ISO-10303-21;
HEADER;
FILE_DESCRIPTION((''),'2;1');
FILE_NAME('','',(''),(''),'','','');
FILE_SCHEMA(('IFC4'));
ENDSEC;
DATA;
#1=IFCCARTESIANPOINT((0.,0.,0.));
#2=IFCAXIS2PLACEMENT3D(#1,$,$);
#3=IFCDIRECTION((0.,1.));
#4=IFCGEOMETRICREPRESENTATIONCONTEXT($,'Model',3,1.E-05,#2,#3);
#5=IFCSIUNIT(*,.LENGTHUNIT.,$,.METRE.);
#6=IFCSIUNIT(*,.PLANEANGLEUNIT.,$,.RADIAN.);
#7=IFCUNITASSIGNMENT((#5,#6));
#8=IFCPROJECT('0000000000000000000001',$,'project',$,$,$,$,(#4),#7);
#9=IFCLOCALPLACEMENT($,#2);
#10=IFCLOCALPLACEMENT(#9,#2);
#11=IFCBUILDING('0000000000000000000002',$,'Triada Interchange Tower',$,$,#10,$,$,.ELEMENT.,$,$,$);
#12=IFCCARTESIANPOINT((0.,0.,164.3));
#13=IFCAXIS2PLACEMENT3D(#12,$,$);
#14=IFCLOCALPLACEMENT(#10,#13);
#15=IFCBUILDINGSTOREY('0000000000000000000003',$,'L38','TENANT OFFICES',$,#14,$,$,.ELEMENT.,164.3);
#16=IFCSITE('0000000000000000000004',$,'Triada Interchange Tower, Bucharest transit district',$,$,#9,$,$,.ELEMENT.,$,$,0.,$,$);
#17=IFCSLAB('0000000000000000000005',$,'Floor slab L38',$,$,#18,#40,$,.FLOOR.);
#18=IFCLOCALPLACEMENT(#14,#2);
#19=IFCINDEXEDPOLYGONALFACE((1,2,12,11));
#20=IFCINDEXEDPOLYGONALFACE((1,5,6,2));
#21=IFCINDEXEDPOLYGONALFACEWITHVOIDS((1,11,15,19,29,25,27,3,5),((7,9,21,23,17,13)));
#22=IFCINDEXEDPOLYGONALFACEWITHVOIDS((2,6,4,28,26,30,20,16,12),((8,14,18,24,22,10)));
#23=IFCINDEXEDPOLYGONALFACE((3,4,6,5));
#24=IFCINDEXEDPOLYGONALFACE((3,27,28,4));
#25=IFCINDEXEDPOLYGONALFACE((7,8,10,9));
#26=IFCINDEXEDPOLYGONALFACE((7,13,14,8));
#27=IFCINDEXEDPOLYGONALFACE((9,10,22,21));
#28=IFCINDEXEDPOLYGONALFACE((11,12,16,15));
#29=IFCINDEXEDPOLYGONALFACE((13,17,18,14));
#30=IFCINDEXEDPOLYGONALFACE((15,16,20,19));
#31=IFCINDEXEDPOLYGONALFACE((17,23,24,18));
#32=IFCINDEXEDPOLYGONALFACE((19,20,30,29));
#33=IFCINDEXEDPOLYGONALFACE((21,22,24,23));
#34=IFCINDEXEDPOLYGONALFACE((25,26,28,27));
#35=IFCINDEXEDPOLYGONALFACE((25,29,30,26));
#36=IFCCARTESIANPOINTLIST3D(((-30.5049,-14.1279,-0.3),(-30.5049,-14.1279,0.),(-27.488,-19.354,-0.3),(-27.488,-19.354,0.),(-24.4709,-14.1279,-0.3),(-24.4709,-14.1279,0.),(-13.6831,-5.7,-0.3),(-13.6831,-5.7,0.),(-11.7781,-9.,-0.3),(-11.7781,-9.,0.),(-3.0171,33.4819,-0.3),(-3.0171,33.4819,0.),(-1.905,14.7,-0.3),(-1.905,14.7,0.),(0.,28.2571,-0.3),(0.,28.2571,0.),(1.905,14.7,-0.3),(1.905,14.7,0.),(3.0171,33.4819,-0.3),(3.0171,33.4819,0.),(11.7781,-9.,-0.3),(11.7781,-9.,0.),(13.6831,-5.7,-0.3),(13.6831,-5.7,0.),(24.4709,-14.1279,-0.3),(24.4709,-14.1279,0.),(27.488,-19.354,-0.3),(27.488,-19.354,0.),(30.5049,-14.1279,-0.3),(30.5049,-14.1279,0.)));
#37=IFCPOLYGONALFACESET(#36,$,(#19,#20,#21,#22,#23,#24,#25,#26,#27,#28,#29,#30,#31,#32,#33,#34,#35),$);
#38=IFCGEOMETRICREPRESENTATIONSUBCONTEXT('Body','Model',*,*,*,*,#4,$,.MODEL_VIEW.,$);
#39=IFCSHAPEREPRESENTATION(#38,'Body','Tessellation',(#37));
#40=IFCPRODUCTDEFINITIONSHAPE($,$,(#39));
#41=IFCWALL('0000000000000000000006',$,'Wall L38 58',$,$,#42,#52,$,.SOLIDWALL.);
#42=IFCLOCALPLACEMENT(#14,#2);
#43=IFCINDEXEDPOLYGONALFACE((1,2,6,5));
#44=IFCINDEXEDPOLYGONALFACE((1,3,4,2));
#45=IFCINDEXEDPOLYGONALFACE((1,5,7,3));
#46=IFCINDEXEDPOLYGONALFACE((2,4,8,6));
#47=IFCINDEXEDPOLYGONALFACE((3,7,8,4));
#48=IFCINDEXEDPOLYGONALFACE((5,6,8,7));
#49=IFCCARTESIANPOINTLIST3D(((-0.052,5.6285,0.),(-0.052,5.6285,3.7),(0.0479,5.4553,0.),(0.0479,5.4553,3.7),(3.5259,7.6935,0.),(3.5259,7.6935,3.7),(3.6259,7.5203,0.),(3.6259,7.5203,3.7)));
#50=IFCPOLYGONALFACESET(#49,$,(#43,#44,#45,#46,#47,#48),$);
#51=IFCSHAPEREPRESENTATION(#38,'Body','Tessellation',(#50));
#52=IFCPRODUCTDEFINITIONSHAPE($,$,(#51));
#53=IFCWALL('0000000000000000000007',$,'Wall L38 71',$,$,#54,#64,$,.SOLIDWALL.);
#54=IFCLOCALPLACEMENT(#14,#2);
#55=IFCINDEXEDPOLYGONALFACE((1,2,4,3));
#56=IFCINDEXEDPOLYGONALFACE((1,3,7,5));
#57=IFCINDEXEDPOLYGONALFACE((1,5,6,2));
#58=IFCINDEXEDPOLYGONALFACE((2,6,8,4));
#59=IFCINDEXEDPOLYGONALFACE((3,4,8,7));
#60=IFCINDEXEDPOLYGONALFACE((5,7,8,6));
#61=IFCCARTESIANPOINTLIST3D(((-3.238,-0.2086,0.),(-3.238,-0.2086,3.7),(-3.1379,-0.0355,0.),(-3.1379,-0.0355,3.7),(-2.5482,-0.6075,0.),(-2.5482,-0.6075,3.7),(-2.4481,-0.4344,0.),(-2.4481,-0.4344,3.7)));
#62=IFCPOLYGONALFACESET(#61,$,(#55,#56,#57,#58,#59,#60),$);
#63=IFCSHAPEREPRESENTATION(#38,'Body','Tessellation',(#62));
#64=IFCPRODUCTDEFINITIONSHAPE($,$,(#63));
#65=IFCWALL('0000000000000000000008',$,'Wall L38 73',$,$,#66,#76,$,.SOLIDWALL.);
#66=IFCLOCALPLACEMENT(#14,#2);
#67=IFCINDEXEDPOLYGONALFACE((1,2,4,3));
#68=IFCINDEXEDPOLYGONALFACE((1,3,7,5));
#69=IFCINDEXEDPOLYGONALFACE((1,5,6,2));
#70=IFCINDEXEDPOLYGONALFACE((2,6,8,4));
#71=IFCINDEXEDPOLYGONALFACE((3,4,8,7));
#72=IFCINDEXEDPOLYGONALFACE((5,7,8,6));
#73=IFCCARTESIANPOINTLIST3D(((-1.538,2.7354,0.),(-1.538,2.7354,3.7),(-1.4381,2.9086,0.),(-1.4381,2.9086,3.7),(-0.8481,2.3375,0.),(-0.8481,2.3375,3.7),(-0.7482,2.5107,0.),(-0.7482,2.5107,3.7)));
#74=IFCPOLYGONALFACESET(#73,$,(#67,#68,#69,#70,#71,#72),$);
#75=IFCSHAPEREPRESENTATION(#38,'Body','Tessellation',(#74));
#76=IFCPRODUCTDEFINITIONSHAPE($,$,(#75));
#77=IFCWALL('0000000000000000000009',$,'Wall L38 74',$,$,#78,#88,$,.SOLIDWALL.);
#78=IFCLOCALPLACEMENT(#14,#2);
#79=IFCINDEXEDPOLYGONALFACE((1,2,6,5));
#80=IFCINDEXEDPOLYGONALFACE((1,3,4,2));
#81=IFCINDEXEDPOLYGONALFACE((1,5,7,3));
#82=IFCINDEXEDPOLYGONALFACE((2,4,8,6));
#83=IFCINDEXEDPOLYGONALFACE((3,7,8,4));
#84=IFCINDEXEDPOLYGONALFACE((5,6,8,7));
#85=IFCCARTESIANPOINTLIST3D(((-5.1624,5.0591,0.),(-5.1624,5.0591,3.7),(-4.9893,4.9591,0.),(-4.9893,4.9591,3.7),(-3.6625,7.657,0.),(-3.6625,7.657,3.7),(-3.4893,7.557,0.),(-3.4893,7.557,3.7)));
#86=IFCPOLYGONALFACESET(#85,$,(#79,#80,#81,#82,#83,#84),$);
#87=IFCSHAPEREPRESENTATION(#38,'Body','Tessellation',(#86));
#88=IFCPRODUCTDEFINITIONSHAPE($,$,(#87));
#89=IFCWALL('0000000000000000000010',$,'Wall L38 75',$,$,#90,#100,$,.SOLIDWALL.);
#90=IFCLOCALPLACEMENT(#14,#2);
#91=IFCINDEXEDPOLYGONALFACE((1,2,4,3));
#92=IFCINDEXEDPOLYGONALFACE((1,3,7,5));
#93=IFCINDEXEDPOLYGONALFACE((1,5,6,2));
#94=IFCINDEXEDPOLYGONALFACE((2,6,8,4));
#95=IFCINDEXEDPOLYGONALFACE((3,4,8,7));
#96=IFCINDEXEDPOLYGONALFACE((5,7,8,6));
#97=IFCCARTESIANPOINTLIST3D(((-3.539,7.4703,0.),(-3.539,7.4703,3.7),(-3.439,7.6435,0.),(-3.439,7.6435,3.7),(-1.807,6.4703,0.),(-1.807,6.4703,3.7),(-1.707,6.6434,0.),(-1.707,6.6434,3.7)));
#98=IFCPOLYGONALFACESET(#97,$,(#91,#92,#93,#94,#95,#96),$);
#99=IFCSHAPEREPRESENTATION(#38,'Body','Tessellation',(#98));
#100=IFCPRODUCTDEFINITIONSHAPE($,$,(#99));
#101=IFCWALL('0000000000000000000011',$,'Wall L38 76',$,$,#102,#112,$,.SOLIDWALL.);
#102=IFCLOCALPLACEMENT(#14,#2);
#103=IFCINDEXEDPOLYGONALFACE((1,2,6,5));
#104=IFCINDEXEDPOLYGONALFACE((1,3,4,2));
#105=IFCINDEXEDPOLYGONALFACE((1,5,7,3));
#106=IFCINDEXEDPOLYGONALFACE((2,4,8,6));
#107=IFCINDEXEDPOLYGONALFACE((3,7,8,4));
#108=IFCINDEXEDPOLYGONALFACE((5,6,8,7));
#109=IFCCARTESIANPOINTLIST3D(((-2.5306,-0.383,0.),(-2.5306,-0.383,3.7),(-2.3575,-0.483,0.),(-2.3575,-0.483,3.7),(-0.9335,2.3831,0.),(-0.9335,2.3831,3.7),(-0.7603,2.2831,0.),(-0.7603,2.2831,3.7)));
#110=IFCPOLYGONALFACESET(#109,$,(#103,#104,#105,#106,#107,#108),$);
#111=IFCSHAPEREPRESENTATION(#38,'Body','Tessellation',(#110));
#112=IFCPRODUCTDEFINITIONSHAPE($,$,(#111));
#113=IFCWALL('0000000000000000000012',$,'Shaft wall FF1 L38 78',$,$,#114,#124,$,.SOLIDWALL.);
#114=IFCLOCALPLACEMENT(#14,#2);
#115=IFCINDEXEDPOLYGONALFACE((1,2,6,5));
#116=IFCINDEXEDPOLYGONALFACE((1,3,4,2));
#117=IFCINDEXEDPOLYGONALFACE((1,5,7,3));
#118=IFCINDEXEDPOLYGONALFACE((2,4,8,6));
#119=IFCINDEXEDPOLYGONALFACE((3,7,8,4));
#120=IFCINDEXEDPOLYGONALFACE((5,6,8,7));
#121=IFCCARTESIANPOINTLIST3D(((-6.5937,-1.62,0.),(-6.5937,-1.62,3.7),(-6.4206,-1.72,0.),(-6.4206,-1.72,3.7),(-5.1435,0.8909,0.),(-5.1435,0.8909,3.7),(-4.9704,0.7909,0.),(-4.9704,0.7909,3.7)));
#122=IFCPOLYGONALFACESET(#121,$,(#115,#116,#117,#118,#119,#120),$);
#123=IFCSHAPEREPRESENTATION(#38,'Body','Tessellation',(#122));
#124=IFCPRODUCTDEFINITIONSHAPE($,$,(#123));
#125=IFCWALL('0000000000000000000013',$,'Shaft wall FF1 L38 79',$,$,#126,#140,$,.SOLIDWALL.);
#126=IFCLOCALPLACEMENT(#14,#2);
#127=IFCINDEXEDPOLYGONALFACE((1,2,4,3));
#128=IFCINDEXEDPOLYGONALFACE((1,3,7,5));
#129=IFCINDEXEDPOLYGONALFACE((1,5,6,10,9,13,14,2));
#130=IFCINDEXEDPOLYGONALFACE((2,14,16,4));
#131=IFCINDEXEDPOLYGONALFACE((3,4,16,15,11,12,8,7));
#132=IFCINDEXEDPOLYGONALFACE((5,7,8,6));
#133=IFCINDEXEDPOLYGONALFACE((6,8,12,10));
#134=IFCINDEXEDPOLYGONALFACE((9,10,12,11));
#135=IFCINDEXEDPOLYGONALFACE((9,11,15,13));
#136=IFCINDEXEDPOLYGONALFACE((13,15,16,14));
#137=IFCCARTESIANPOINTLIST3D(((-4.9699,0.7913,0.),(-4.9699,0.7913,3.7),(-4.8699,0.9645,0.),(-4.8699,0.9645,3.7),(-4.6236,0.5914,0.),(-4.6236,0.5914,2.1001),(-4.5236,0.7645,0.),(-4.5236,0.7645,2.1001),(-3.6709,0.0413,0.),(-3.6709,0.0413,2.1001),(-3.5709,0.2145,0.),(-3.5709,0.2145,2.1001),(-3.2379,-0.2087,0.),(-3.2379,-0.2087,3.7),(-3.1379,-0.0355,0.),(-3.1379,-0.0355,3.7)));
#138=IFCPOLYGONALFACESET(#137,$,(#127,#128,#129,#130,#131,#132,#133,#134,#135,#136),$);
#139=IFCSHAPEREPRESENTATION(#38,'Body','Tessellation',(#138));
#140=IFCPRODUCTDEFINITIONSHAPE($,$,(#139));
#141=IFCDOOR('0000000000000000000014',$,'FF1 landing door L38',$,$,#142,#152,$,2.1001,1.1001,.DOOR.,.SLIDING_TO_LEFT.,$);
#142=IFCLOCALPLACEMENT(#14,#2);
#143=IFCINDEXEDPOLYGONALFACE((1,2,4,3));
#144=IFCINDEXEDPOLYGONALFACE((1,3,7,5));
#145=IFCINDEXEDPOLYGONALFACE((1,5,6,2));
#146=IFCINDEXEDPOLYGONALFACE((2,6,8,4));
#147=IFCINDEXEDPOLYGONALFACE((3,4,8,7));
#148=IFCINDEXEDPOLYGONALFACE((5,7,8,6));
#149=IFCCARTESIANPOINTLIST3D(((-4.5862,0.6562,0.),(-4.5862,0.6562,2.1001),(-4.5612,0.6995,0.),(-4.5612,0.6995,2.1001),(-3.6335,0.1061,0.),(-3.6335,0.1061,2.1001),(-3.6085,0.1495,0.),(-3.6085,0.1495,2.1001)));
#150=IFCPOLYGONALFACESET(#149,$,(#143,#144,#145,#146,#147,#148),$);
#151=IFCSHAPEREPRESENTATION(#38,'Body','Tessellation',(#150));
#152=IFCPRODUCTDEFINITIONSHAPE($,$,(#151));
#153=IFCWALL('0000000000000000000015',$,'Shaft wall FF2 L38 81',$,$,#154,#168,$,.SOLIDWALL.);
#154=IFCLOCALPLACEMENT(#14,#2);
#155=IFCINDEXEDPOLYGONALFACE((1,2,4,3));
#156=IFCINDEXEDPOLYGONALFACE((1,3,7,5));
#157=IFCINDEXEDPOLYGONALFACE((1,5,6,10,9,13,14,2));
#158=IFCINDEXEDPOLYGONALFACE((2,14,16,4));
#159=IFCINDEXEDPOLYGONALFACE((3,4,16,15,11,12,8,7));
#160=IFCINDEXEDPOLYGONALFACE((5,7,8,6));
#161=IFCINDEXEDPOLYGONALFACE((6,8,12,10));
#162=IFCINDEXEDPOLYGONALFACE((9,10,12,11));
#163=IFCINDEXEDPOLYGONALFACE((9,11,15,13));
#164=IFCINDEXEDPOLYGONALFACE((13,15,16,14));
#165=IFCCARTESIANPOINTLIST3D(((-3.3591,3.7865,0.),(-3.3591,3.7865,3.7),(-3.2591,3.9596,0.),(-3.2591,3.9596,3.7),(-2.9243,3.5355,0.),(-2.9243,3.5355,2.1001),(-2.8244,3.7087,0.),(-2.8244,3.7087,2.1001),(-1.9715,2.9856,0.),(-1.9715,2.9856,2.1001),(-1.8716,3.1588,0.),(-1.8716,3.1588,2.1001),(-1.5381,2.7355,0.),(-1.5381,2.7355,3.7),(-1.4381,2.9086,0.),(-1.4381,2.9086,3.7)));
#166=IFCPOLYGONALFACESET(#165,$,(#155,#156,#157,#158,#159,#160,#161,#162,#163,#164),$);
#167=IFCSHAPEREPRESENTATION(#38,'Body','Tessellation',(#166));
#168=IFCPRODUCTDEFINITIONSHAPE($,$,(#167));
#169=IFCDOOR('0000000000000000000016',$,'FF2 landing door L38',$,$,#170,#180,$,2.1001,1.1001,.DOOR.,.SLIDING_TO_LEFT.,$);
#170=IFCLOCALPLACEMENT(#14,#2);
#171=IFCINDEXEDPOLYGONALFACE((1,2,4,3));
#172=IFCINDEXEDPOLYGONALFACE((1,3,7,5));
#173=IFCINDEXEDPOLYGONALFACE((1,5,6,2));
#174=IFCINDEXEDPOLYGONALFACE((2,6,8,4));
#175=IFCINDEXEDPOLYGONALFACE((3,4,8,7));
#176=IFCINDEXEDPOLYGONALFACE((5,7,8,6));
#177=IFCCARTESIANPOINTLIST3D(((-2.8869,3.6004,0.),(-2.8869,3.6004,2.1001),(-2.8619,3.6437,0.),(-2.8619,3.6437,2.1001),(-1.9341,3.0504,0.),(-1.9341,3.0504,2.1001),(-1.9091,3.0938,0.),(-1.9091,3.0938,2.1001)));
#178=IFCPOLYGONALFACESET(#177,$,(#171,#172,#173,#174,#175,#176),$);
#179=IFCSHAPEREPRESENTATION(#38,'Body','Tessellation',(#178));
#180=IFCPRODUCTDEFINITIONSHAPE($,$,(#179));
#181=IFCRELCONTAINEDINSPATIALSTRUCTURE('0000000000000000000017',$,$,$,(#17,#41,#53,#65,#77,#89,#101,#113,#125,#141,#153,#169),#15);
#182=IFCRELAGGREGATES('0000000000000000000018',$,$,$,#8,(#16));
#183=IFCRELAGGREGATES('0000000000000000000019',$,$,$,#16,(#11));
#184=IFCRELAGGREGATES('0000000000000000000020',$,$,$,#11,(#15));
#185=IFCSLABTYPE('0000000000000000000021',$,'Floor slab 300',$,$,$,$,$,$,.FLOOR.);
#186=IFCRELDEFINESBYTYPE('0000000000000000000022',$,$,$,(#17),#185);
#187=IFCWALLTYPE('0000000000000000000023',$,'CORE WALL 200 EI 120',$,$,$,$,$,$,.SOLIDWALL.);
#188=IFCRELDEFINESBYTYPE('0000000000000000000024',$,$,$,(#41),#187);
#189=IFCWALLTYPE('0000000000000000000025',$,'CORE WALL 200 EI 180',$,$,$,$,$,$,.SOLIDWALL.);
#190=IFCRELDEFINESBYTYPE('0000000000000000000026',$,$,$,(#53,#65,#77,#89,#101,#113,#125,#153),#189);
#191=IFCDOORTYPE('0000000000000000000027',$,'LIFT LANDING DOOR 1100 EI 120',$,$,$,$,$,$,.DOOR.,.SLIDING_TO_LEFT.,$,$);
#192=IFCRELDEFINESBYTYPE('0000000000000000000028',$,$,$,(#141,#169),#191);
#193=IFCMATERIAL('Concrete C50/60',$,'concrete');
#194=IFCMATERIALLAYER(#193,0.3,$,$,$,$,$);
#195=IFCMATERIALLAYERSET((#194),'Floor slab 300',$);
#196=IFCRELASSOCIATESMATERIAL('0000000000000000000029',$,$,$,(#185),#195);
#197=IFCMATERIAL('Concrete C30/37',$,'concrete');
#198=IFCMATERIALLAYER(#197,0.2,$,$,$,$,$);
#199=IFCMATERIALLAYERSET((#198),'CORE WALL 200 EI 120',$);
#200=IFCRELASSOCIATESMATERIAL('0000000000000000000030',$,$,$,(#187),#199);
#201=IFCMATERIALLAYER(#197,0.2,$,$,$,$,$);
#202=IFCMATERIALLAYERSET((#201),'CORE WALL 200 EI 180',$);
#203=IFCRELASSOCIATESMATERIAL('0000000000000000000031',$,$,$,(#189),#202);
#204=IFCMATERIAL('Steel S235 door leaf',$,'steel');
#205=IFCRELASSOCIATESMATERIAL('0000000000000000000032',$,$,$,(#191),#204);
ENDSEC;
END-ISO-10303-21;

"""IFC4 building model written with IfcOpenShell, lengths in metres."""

from ifc_helpers import new_model, si_unit, direction, frame, frame_2d, origin, place, context, subcontext, project, spatial, polyline, rectangle, outline, extrude, material, layer, layer_set, type_object, element, fill, save


model = new_model("IFC4")

# Units and contexts
model_context = context("Model", 3, precision=1e-05, world=origin(), true_north=direction((0.0, 1.0)))
body_context = subcontext(model_context, "Body", "Model", "MODEL_VIEW")
ifc_project = project(units=[si_unit("LENGTHUNIT", "METRE"), si_unit("PLANEANGLEUNIT", "RADIAN")], contexts=[model_context])

# Site, building, storey
site_placement = place(None, origin())
site = spatial("IfcSite", under=ifc_project, at=site_placement, Name="Triada Interchange Tower, Bucharest transit district", CompositionType="ELEMENT", RefElevation=0.0)
building_placement = place(site_placement, origin())
building = spatial("IfcBuilding", under=site, at=building_placement, Name="Triada Interchange Tower", CompositionType="ELEMENT")
storey_placement = place(building_placement, frame((0.0, 0.0, 164.3)))
storey = spatial("IfcBuildingStorey", under=building, at=storey_placement, Name="L38", Description="TENANT OFFICES", CompositionType="ELEMENT", Elevation=164.3)

# Slab
ifc_material_1 = material(Name="Concrete C50/60", Category="concrete")
ifc_layer_1 = layer(ifc_material_1, 0.3)
ifc_layer_set_1 = layer_set([ifc_layer_1], Name="Floor slab 300")
slab_type = type_object("IfcSlabType", Name="Floor slab 300", PredefinedType="FLOOR", material=ifc_layer_set_1)
slab_placement = place(storey_placement, frame((0.0, 0.0, -0.3)))
element("IfcSlab", 1, at=slab_placement, inside=storey, type_object=slab_type, Name="Floor slab L38", PredefinedType="FLOOR", context=body_context, shape_type="SweptSolid", body=[
    extrude(outline(polyline([(-3.0171, 33.4819), (-30.5049, -14.1279), (-24.4709, -14.1279), (-27.488, -19.354), (27.488, -19.354), (24.4709, -14.1279), (30.5049, -14.1279), (3.0171, 33.4819), (0.0, 28.2571), (-3.0171, 33.4819)]), holes=[polyline([(1.905, 14.7), (-1.905, 14.7), (-13.6831, -5.7), (-11.7781, -9.0), (11.7781, -9.0), (13.6831, -5.7), (1.905, 14.7)])]), origin(), (0.0, 0.0, 1.0), 0.3),
])

# Walls
ifc_material_2 = material(Name="Concrete C30/37", Category="concrete")
ifc_layer_2 = layer(ifc_material_2, 0.2)
ifc_layer_set_2 = layer_set([ifc_layer_2], Name="CORE WALL 200 EI 120")
wall_type_1 = type_object("IfcWallType", Name="CORE WALL 200 EI 120", PredefinedType="SOLIDWALL", material=ifc_layer_set_2)
wall_1_placement = place(storey_placement, frame((-0.002, 5.542, 0.0), z_axis=(0.0, 0.0, 1.0), x_axis=(0.866104, 0.499864, 0.0)))
element("IfcWall", 2, at=wall_1_placement, inside=storey, type_object=wall_type_1, Name="Wall L38 58", PredefinedType="SOLIDWALL", context=body_context, shape_type="SweptSolid", body=[
    extrude(rectangle(XDim=4.1311, YDim=0.2, at=frame_2d((2.0654, 0.0))), origin(), (0.0, 0.0, 1.0), 3.7),
])
ifc_layer_3 = layer(ifc_material_2, 0.2)
ifc_layer_set_3 = layer_set([ifc_layer_3], Name="CORE WALL 200 EI 180")
wall_type_2 = type_object("IfcWallType", Name="CORE WALL 200 EI 180", PredefinedType="SOLIDWALL", material=ifc_layer_set_3)
wall_2_placement = place(storey_placement, frame((-3.188, -0.1221, 0.0), z_axis=(0.0, 0.0, 1.0), x_axis=(0.865706, -0.500553, 0.0)))
element("IfcWall", 3, at=wall_2_placement, inside=storey, type_object=wall_type_2, Name="Wall L38 71", PredefinedType="SOLIDWALL", context=body_context, shape_type="SweptSolid", body=[
    extrude(rectangle(XDim=0.7969, YDim=0.2, at=frame_2d((0.3984, 0.0))), origin(), (0.0, 0.0, 1.0), 3.7),
])
wall_3_placement = place(storey_placement, frame((-1.488, 2.822, 0.0), z_axis=(0.0, 0.0, 1.0), x_axis=(0.866237, -0.499634, 0.0)))
element("IfcWall", 4, at=wall_3_placement, inside=storey, type_object=wall_type_2, Name="Wall L38 73", PredefinedType="SOLIDWALL", context=body_context, shape_type="SweptSolid", body=[
    extrude(rectangle(XDim=0.7964, YDim=0.2, at=frame_2d((0.3982, 0.0))), origin(), (0.0, 0.0, 1.0), 3.7),
])
wall_4_placement = place(storey_placement, frame((-5.0759, 5.009, 0.0), z_axis=(0.0, 0.0, 1.0), x_axis=(0.500025, 0.866011, 0.0)))
element("IfcWall", 5, at=wall_4_placement, inside=storey, type_object=wall_type_2, Name="Wall L38 74", PredefinedType="SOLIDWALL", context=body_context, shape_type="SweptSolid", body=[
    extrude(rectangle(XDim=2.9998, YDim=0.2, at=frame_2d((1.5, 0.0))), origin(), (0.0, 0.0, 1.0), 3.7),
])
wall_5_placement = place(storey_placement, frame((-3.489, 7.5569, 0.0), z_axis=(0.0, 0.0, 1.0), x_axis=(0.866011, -0.500025, 0.0)))
element("IfcWall", 6, at=wall_5_placement, inside=storey, type_object=wall_type_2, Name="Wall L38 75", PredefinedType="SOLIDWALL", context=body_context, shape_type="SweptSolid", body=[
    extrude(rectangle(XDim=2.0, YDim=0.2, at=frame_2d((1.0, 0.0))), origin(), (0.0, 0.0, 1.0), 3.7),
])
wall_6_placement = place(storey_placement, frame((-2.4441, -0.4331, 0.0), z_axis=(0.0, 0.0, 1.0), x_axis=(0.500036, 0.866005, 0.0)))
element("IfcWall", 7, at=wall_6_placement, inside=storey, type_object=wall_type_2, Name="Wall L38 76", PredefinedType="SOLIDWALL", context=body_context, shape_type="SweptSolid", body=[
    extrude(rectangle(XDim=3.1941, YDim=0.2, at=frame_2d((1.5972, 0.0))), origin(), (0.0, 0.0, 1.0), 3.7),
])
wall_7_placement = place(storey_placement, frame((-6.5071, -1.6699, 0.0), z_axis=(0.0, 0.0, 1.0), x_axis=(0.500123, 0.865954, 0.0)))
element("IfcWall", 8, at=wall_7_placement, inside=storey, type_object=wall_type_2, Name="Shaft wall FF1 L38 78", PredefinedType="SOLIDWALL", context=body_context, shape_type="SweptSolid", body=[
    extrude(rectangle(XDim=2.8997, YDim=0.2, at=frame_2d((1.4497, 0.0))), origin(), (0.0, 0.0, 1.0), 3.7),
])

# Walls, openings, doors
wall_8_placement = place(storey_placement, frame((-4.9199, 0.8779, 0.0), z_axis=(0.0, 0.0, 1.0), x_axis=(0.866011, -0.500025, 0.0)))
wall_8 = element("IfcWall", 9, at=wall_8_placement, inside=storey, type_object=wall_type_2, Name="Shaft wall FF1 L38 79", PredefinedType="SOLIDWALL", context=body_context, shape_type="SweptSolid", body=[
    extrude(rectangle(XDim=2.0, YDim=0.2, at=frame_2d((1.0, 0.0))), origin(), (0.0, 0.0, 1.0), 3.7),
])
opening_1_placement = place(wall_8_placement, frame((0.3999, 0.0, 0.0)))
opening_1 = element("IfcOpeningElement", 10, at=opening_1_placement, cuts=wall_8, PredefinedType="OPENING", context=body_context, shape_type="SweptSolid", body=[
    extrude(rectangle(XDim=1.1001, YDim=2.1001, at=frame_2d((0.55, 1.05))), frame((0.0, 0.1099, 0.0), z_axis=(0.0, -1.0, 0.0), x_axis=(1.0, 0.0, 0.0)), (0.0, 0.0, 1.0), 0.22),
])
ifc_material_3 = material(Name="Steel S235 door leaf", Category="steel")
door_type = type_object("IfcDoorType", Name="LIFT LANDING DOOR 1100 EI 120", OperationType="SLIDING_TO_LEFT", PredefinedType="DOOR", material=ifc_material_3)
door_1_placement = place(opening_1_placement, origin())
door_1 = element("IfcDoor", 11, at=door_1_placement, inside=storey, type_object=door_type, Name="FF1 landing door L38", OperationType="SLIDING_TO_LEFT", OverallHeight=2.1001, OverallWidth=1.1001, PredefinedType="DOOR", context=body_context, shape_type="SweptSolid", body=[
    extrude(rectangle(XDim=1.1001, YDim=2.1001, at=frame_2d((0.55, 1.05))), frame((0.0, 0.0249, 0.0), z_axis=(0.0, -1.0, 0.0), x_axis=(1.0, 0.0, 0.0)), (0.0, 0.0, 1.0), 0.05),
])
fill(opening_1, door_1)
wall_9_placement = place(storey_placement, frame((-3.3091, 3.873, 0.0), z_axis=(0.0, 0.0, 1.0), x_axis=(0.866099, -0.499873, 0.0)))
wall_9 = element("IfcWall", 12, at=wall_9_placement, inside=storey, type_object=wall_type_2, Name="Shaft wall FF2 L38 81", PredefinedType="SOLIDWALL", context=body_context, shape_type="SweptSolid", body=[
    extrude(rectangle(XDim=2.1025, YDim=0.2, at=frame_2d((1.0513, 0.0))), origin(), (0.0, 0.0, 1.0), 3.7),
])
opening_2_placement = place(wall_9_placement, frame((0.502, 0.0, 0.0)))
opening_2 = element("IfcOpeningElement", 13, at=opening_2_placement, cuts=wall_9, PredefinedType="OPENING", context=body_context, shape_type="SweptSolid", body=[
    extrude(rectangle(XDim=1.1001, YDim=2.1001, at=frame_2d((0.55, 1.05))), frame((0.0, 0.1099, 0.0), z_axis=(0.0, -1.0, 0.0), x_axis=(1.0, 0.0, 0.0)), (0.0, 0.0, 1.0), 0.22),
])
door_2_placement = place(opening_2_placement, origin())
door_2 = element("IfcDoor", 14, at=door_2_placement, inside=storey, type_object=door_type, Name="FF2 landing door L38", OperationType="SLIDING_TO_LEFT", OverallHeight=2.1001, OverallWidth=1.1001, PredefinedType="DOOR", context=body_context, shape_type="SweptSolid", body=[
    extrude(rectangle(XDim=1.1001, YDim=2.1001, at=frame_2d((0.55, 1.05))), frame((0.0, 0.0249, 0.0), z_axis=(0.0, -1.0, 0.0), x_axis=(1.0, 0.0, 0.0)), (0.0, 0.0, 1.0), 0.05),
])
fill(opening_2, door_2)

save(model, "model.ifc")
